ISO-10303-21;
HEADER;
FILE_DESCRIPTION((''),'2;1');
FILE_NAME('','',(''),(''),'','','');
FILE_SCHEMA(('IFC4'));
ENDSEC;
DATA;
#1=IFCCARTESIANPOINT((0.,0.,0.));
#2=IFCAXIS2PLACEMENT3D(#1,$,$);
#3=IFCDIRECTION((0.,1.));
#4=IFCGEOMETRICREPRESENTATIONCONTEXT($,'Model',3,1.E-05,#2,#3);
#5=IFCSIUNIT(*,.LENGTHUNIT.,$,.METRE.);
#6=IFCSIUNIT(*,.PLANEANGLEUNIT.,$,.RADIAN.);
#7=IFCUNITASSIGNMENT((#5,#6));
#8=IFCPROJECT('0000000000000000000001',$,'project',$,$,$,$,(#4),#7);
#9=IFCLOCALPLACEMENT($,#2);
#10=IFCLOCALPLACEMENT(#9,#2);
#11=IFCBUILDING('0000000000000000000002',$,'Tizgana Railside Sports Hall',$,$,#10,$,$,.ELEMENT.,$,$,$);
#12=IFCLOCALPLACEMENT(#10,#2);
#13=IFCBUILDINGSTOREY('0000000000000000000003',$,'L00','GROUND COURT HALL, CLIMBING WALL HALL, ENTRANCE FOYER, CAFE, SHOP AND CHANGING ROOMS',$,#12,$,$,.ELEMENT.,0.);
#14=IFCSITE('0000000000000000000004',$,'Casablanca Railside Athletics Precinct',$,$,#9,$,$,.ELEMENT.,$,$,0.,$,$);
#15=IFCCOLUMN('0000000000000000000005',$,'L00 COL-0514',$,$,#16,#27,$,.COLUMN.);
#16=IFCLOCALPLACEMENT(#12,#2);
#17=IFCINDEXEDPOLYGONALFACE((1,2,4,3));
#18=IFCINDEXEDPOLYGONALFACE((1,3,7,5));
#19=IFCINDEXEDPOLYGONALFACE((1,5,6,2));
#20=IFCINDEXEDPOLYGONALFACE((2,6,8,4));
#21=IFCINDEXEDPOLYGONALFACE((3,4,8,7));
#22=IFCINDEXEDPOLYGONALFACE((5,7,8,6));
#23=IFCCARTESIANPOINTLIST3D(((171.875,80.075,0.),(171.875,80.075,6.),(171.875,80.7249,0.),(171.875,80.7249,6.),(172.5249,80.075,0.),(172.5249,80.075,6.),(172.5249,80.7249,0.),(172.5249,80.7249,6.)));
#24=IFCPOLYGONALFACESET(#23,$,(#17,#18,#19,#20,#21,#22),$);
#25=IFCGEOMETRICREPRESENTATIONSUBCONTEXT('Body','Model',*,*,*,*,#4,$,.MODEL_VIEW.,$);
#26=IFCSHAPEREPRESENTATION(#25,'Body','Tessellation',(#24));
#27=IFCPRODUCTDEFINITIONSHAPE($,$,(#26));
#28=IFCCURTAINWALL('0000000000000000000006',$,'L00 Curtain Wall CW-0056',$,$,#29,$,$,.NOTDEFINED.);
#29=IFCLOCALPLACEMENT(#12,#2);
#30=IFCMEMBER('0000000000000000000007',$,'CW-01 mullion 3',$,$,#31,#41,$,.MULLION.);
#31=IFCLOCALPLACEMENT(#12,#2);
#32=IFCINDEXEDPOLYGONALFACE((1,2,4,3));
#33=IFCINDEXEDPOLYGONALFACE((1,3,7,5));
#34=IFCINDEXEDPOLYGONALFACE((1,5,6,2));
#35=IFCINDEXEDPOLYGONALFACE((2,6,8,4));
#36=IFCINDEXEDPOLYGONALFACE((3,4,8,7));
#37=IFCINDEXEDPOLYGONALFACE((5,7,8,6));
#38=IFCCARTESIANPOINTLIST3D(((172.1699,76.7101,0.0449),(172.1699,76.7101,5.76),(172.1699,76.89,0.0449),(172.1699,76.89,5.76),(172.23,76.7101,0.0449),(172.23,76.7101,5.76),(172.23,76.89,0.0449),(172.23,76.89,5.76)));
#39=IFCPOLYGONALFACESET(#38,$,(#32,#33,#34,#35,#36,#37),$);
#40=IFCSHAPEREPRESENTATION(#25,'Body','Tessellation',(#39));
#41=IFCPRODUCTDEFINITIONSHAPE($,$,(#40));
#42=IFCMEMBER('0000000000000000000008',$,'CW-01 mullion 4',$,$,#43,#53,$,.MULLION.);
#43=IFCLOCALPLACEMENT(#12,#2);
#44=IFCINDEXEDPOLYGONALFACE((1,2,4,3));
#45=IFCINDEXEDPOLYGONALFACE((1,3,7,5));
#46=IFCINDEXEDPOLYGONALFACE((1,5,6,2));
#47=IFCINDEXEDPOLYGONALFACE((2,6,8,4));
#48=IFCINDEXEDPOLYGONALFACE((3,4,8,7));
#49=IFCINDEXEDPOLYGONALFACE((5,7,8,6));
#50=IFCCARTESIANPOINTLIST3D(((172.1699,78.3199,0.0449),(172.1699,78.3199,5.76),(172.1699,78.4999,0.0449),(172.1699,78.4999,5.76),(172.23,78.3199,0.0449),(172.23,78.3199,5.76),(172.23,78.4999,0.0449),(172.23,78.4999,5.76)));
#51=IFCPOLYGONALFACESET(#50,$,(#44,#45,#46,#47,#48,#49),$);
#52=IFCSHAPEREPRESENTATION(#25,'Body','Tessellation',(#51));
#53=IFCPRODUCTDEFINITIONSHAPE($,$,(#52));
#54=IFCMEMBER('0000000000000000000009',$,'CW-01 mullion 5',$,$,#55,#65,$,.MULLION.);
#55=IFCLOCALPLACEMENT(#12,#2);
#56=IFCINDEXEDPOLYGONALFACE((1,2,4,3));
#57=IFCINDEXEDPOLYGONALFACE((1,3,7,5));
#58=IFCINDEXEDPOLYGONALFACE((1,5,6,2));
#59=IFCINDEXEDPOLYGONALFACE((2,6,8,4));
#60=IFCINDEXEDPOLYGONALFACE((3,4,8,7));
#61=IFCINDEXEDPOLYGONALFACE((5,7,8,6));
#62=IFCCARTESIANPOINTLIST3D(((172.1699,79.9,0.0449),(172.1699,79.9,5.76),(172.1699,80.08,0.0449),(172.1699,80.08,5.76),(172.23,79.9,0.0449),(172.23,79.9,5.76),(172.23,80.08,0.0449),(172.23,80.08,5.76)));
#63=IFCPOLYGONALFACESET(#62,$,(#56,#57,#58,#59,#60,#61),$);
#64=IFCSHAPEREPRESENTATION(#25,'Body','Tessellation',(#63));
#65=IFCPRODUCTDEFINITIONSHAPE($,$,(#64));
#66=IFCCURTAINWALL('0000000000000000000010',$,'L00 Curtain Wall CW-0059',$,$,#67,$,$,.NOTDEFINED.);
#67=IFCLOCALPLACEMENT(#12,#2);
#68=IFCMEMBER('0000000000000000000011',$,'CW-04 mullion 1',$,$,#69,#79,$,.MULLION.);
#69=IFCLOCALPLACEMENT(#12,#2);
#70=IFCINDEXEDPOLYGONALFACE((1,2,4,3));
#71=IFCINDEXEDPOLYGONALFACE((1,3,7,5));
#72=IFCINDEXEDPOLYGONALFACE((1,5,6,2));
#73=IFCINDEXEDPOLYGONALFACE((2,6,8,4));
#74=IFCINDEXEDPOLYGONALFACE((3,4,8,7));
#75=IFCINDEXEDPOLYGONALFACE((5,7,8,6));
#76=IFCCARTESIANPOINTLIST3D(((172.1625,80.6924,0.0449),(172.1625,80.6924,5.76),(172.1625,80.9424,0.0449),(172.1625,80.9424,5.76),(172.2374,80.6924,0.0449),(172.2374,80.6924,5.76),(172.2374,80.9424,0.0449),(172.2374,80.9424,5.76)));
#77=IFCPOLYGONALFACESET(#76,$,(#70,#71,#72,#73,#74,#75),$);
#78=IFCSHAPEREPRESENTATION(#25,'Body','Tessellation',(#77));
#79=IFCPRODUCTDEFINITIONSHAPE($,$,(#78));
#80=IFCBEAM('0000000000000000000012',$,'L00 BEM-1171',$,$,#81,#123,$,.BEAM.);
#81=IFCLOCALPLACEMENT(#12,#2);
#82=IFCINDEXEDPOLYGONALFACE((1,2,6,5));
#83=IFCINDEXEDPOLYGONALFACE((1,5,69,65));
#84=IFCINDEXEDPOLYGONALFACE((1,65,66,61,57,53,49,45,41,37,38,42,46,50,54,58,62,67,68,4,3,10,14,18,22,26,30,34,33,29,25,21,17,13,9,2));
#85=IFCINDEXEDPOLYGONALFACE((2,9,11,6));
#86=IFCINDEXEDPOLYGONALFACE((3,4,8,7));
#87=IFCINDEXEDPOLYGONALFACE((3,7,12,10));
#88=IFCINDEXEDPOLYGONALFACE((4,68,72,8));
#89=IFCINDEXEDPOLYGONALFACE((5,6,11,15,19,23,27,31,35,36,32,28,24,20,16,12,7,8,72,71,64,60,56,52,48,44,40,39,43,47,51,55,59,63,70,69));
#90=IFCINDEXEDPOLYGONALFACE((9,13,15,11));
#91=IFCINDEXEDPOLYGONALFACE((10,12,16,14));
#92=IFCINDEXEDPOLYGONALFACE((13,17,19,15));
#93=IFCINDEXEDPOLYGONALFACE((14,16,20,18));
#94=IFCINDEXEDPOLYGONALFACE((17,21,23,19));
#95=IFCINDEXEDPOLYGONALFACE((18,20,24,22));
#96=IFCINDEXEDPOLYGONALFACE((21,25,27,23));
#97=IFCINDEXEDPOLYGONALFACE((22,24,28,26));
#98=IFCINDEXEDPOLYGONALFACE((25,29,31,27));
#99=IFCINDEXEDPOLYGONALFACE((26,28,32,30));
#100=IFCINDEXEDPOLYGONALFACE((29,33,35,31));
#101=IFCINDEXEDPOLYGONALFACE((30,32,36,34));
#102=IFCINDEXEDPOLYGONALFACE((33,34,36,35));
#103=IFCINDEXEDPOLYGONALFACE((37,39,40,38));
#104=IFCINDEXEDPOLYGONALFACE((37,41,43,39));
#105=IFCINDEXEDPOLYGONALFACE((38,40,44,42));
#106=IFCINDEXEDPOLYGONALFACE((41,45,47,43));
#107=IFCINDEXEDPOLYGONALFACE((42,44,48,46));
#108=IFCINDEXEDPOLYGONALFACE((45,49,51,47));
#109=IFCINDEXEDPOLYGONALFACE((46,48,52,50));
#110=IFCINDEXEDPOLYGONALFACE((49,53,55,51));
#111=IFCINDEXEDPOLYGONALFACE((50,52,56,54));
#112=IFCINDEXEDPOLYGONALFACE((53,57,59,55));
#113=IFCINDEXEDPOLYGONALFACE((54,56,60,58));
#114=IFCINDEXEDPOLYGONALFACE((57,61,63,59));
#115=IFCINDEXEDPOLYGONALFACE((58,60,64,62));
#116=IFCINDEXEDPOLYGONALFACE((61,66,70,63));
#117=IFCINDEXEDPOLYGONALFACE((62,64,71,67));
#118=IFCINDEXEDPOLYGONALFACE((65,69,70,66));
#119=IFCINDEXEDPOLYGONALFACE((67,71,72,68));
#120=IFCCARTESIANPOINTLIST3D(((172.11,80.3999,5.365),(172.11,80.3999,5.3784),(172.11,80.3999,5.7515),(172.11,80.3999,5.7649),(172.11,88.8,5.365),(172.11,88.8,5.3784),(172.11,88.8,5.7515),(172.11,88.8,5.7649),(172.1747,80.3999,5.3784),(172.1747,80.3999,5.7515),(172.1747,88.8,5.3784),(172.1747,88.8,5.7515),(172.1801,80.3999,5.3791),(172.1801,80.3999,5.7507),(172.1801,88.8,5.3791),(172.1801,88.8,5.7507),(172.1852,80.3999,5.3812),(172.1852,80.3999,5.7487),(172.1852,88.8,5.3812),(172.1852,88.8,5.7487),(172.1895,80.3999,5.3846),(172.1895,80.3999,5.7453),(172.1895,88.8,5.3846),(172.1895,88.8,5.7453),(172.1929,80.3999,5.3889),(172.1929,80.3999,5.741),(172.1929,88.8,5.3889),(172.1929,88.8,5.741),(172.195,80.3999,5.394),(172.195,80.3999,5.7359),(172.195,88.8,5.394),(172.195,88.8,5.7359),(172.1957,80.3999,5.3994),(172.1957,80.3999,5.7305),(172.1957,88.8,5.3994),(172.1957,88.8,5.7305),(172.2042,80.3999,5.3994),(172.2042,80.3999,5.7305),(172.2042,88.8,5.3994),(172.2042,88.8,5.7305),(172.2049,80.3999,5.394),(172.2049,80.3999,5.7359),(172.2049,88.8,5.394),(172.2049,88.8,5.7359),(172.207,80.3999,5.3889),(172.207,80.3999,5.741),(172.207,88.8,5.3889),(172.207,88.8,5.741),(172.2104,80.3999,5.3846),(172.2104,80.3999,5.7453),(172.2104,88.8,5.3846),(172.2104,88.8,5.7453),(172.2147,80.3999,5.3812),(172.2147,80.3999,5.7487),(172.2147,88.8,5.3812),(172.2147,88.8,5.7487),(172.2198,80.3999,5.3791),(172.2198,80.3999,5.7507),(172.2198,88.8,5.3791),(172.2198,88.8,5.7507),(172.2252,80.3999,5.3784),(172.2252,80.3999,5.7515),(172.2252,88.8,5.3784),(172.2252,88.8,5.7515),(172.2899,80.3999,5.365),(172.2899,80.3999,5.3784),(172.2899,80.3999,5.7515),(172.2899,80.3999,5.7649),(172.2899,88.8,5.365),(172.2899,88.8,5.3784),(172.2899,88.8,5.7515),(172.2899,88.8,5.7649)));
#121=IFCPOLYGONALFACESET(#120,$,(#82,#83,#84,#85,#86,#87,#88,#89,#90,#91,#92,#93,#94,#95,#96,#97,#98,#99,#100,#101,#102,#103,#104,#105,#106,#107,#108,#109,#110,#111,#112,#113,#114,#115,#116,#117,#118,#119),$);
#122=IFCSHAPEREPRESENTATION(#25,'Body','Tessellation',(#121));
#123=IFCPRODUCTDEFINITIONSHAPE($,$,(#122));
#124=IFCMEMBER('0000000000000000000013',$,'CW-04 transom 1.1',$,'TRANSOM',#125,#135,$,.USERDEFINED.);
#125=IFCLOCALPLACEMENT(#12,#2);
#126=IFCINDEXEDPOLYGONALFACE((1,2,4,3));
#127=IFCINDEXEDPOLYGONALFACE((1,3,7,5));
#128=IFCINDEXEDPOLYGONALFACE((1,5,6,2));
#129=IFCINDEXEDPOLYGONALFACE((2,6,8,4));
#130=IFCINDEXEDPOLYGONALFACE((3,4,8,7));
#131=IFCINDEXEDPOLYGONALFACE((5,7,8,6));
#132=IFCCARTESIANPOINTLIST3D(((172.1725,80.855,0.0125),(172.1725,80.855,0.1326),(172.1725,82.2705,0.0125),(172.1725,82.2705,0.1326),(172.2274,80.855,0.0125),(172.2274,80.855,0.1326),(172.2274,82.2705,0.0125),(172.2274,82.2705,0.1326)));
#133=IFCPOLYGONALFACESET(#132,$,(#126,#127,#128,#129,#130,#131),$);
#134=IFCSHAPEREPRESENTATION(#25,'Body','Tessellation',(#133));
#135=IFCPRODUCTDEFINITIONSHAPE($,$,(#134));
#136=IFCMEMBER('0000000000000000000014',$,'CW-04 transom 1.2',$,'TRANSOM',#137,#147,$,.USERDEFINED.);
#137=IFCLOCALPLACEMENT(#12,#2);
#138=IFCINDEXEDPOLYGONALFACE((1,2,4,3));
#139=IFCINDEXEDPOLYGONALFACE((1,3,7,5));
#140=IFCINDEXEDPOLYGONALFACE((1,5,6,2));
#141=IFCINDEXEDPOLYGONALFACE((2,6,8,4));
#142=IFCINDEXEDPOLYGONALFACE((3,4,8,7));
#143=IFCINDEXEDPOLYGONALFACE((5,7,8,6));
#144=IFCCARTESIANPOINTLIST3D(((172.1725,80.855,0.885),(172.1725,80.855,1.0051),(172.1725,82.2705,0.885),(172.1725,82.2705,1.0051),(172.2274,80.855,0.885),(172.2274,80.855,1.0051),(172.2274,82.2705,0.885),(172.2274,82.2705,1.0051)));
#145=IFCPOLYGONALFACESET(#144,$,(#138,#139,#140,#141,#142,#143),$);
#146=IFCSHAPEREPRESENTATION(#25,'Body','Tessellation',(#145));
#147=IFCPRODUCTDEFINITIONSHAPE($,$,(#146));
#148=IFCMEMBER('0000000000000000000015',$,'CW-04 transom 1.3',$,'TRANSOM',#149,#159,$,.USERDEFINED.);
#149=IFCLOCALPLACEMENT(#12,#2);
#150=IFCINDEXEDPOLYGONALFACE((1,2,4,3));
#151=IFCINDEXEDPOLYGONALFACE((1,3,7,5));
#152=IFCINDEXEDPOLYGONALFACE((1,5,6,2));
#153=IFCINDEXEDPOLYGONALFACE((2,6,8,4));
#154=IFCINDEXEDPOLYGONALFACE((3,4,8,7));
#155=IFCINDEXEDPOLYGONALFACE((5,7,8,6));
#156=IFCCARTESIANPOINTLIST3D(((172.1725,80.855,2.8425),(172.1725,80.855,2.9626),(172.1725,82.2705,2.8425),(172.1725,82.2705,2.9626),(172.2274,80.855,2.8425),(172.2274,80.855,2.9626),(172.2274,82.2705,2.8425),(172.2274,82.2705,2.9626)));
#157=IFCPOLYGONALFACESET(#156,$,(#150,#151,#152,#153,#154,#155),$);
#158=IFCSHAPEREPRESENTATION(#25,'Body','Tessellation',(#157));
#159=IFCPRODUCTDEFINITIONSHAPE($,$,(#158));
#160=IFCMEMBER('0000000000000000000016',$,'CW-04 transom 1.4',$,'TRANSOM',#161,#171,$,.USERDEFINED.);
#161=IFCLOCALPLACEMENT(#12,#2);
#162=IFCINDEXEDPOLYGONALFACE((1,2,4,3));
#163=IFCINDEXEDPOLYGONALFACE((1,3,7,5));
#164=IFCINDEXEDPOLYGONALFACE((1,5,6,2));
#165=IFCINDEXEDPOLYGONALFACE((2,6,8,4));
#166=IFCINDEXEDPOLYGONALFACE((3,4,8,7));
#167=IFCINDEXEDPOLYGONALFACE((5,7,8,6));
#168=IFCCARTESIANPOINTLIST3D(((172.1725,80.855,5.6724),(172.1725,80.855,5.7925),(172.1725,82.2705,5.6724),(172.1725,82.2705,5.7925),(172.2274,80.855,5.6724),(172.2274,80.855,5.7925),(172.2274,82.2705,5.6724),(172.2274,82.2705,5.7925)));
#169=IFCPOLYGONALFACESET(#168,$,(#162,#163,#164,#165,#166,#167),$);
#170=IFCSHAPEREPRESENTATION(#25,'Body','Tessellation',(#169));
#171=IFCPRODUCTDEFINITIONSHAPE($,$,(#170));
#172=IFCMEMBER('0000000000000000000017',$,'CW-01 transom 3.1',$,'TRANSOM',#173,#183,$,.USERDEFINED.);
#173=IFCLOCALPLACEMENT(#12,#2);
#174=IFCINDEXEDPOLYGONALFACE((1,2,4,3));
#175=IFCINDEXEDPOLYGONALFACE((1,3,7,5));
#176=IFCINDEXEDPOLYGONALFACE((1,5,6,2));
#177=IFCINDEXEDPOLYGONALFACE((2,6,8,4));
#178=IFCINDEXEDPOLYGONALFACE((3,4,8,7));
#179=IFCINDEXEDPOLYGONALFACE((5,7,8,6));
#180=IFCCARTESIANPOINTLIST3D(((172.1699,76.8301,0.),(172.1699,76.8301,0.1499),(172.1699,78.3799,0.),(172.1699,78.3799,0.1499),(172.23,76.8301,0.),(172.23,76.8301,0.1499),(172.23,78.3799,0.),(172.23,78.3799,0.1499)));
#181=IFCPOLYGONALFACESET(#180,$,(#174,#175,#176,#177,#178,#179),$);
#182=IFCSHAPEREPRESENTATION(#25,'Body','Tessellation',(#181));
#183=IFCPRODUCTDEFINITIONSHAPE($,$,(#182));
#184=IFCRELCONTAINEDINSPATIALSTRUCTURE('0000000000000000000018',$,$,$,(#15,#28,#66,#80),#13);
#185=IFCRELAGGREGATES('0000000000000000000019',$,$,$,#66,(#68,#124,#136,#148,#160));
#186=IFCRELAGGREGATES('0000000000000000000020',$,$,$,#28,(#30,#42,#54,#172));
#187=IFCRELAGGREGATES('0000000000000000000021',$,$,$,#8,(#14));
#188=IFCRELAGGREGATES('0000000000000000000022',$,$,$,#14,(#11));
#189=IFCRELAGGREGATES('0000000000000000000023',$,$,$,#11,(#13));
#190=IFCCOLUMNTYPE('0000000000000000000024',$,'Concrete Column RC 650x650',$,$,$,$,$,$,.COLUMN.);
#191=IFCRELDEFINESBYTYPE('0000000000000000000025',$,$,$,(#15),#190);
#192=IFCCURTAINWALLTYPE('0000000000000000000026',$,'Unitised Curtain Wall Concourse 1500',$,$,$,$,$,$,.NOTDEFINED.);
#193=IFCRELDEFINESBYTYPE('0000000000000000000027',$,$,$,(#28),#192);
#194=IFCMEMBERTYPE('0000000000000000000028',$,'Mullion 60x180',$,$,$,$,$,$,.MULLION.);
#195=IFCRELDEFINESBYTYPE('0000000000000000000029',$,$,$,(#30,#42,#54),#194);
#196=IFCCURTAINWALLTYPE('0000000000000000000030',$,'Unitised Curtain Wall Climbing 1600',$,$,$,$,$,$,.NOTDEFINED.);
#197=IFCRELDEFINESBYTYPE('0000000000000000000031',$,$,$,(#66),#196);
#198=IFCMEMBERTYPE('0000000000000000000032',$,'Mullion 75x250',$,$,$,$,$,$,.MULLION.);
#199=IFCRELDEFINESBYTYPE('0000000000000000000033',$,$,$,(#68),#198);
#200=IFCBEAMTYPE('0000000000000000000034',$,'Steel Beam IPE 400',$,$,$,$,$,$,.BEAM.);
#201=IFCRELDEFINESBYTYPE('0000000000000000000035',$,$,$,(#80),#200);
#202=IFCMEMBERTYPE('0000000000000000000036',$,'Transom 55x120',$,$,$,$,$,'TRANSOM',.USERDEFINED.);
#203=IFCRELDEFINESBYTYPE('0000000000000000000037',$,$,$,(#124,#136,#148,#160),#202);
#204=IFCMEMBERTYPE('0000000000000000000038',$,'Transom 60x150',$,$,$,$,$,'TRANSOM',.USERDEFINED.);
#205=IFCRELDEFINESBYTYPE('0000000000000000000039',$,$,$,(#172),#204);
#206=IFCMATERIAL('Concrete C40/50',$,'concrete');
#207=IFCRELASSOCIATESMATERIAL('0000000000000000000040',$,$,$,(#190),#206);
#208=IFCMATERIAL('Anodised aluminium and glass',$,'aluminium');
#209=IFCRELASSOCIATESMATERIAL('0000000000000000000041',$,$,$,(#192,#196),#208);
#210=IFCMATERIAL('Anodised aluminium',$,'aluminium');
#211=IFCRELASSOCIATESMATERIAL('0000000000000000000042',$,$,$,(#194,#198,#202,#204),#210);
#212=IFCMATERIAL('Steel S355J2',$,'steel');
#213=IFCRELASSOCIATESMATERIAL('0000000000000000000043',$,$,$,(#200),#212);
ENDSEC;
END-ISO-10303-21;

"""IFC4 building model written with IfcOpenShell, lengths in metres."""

from ifc_helpers import new_model, si_unit, direction, frame, origin, origin_2d, place, context, subcontext, project, spatial, rectangle, i_section, extrude, material, material_profile, profile_set, type_object, element, aggregate, save


model = new_model("IFC4")

# Units and contexts
model_context = context("Model", 3, precision=1e-05, world=origin(), true_north=direction((0.0, 1.0)))
body_context = subcontext(model_context, "Body", "Model", "MODEL_VIEW")
ifc_project = project(units=[si_unit("LENGTHUNIT", "METRE"), si_unit("PLANEANGLEUNIT", "RADIAN")], contexts=[model_context])

# Site, building, storey
site_placement = place(None, origin())
site = spatial("IfcSite", under=ifc_project, at=site_placement, Name="Casablanca Railside Athletics Precinct", CompositionType="ELEMENT", RefElevation=0.0)
building_placement = place(site_placement, origin())
building = spatial("IfcBuilding", under=site, at=building_placement, Name="Tizgana Railside Sports Hall", CompositionType="ELEMENT")
storey_placement = place(building_placement, origin())
storey = spatial("IfcBuildingStorey", under=building, at=storey_placement, Name="L00", Description="GROUND COURT HALL, CLIMBING WALL HALL, ENTRANCE FOYER, CAFE, SHOP AND CHANGING ROOMS", CompositionType="ELEMENT", Elevation=0.0)

# Column
ifc_material_1 = material(Name="Concrete C40/50", Category="concrete")
ifc_material_profile_1 = material_profile(ifc_material_1, rectangle(XDim=0.6499, YDim=0.6499, at=origin_2d()), Name="RC 650x650")
ifc_profile_set_1 = profile_set([ifc_material_profile_1], Name="Concrete C40/50")
column_type = type_object("IfcColumnType", Name="Concrete Column RC 650x650", PredefinedType="COLUMN", material=ifc_profile_set_1)
column_placement = place(storey_placement, frame((172.2, 80.3999, 0.0), z_axis=(0.0, 0.0, 1.0), x_axis=(1.0, 0.0, 0.0)))
element("IfcColumn", 1, at=column_placement, inside=storey, type_object=column_type, Name="L00 COL-0514", PredefinedType="COLUMN", context=body_context, shape_type="SweptSolid", body=[
    extrude(rectangle(XDim=0.6499, YDim=0.6499, at=origin_2d()), origin(), (0.0, 0.0, 1.0), 6.0),
])

# Curtain wall, members
ifc_material_2 = material(Name="Anodised aluminium and glass", Category="aluminium")
curtain_wall_type_1 = type_object("IfcCurtainWallType", Name="Unitised Curtain Wall Concourse 1500", PredefinedType="NOTDEFINED", material=ifc_material_2)
curtain_wall_1_placement = place(storey_placement, origin())
curtain_wall_1 = element("IfcCurtainWall", 2, at=curtain_wall_1_placement, inside=storey, type_object=curtain_wall_type_1, Name="L00 Curtain Wall CW-0056", PredefinedType="NOTDEFINED")
ifc_material_3 = material(Name="Anodised aluminium", Category="aluminium")
ifc_material_profile_2 = material_profile(ifc_material_3, rectangle(XDim=0.0601, YDim=0.1799, at=origin_2d()), Name="Mullion 60x180")
ifc_profile_set_2 = profile_set([ifc_material_profile_2], Name="Anodised aluminium")
member_type_1 = type_object("IfcMemberType", Name="Mullion 60x180", PredefinedType="MULLION", material=ifc_profile_set_2)
member_1_placement = place(storey_placement, frame((172.2, 76.8, 0.0449), z_axis=(0.0, 0.0, 1.0), x_axis=(-1.0, 0.0, 0.0)))
member_1 = element("IfcMember", 3, at=member_1_placement, type_object=member_type_1, Name="CW-01 mullion 3", PredefinedType="MULLION", context=body_context, shape_type="SweptSolid", body=[
    extrude(rectangle(XDim=0.0601, YDim=0.1799, at=origin_2d()), origin(), (0.0, 0.0, 1.0), 5.7151),
])
member_2_placement = place(storey_placement, frame((172.2, 78.4099, 0.0449), z_axis=(0.0, 0.0, 1.0), x_axis=(-1.0, 0.0, 0.0)))
member_2 = element("IfcMember", 4, at=member_2_placement, type_object=member_type_1, Name="CW-01 mullion 4", PredefinedType="MULLION", context=body_context, shape_type="SweptSolid", body=[
    extrude(rectangle(XDim=0.0601, YDim=0.1799, at=origin_2d()), origin(), (0.0, 0.0, 1.0), 5.7151),
])
member_3_placement = place(storey_placement, frame((172.2, 79.99, 0.0449), z_axis=(0.0, 0.0, 1.0), x_axis=(-1.0, 0.0, 0.0)))
member_3 = element("IfcMember", 5, at=member_3_placement, type_object=member_type_1, Name="CW-01 mullion 5", PredefinedType="MULLION", context=body_context, shape_type="SweptSolid", body=[
    extrude(rectangle(XDim=0.0601, YDim=0.1799, at=origin_2d()), origin(), (0.0, 0.0, 1.0), 5.7151),
])

# Curtain wall, member
curtain_wall_type_2 = type_object("IfcCurtainWallType", Name="Unitised Curtain Wall Climbing 1600", PredefinedType="NOTDEFINED", material=ifc_material_2)
curtain_wall_2_placement = place(storey_placement, origin())
curtain_wall_2 = element("IfcCurtainWall", 6, at=curtain_wall_2_placement, inside=storey, type_object=curtain_wall_type_2, Name="L00 Curtain Wall CW-0059", PredefinedType="NOTDEFINED")
ifc_material_profile_3 = material_profile(ifc_material_3, rectangle(XDim=0.075, YDim=0.25, at=origin_2d()), Name="Mullion 75x250")
ifc_profile_set_3 = profile_set([ifc_material_profile_3], Name="Anodised aluminium")
member_type_2 = type_object("IfcMemberType", Name="Mullion 75x250", PredefinedType="MULLION", material=ifc_profile_set_3)
member_4_placement = place(storey_placement, frame((172.2, 80.8174, 0.0449), z_axis=(0.0, 0.0, 1.0), x_axis=(-1.0, 0.0, 0.0)))
member_4 = element("IfcMember", 7, at=member_4_placement, type_object=member_type_2, Name="CW-04 mullion 1", PredefinedType="MULLION", context=body_context, shape_type="SweptSolid", body=[
    extrude(rectangle(XDim=0.075, YDim=0.25, at=origin_2d()), origin(), (0.0, 0.0, 1.0), 5.7151),
])

# Beam
ifc_material_4 = material(Name="Steel S355J2", Category="steel")
ifc_material_profile_4 = material_profile(ifc_material_4, i_section(OverallWidth=0.1799, OverallDepth=0.3999, WebThickness=0.0085, FlangeThickness=0.0134, FilletRadius=0.021, at=origin_2d()), Name="IPE 400")
ifc_profile_set_4 = profile_set([ifc_material_profile_4], Name="Steel S355J2")
beam_type = type_object("IfcBeamType", Name="Steel Beam IPE 400", PredefinedType="BEAM", material=ifc_profile_set_4)
beam_placement = place(storey_placement, frame((172.2, 80.3999, 5.5649), z_axis=(0.0, 1.0, 0.0), x_axis=(-1.0, 0.0, 0.0)))
element("IfcBeam", 8, at=beam_placement, inside=storey, type_object=beam_type, Name="L00 BEM-1171", PredefinedType="BEAM", context=body_context, shape_type="SweptSolid", body=[
    extrude(i_section(OverallWidth=0.1799, OverallDepth=0.3999, WebThickness=0.0085, FlangeThickness=0.0134, FilletRadius=0.021, at=origin_2d()), origin(), (0.0, 0.0, 1.0), 8.4001),
])

# Members
ifc_material_profile_5 = material_profile(ifc_material_3, rectangle(XDim=0.0549, YDim=0.1201, at=origin_2d()), Name="Transom 55x120")
ifc_profile_set_5 = profile_set([ifc_material_profile_5], Name="Anodised aluminium")
member_type_3 = type_object("IfcMemberType", Name="Transom 55x120", ElementType="TRANSOM", PredefinedType="USERDEFINED", material=ifc_profile_set_5)
member_5_placement = place(storey_placement, frame((172.2, 80.855, 0.0725), z_axis=(0.0, 1.0, 0.0), x_axis=(-1.0, 0.0, 0.0)))
member_5 = element("IfcMember", 9, at=member_5_placement, type_object=member_type_3, Name="CW-04 transom 1.1", ObjectType="TRANSOM", PredefinedType="USERDEFINED", context=body_context, shape_type="SweptSolid", body=[
    extrude(rectangle(XDim=0.0549, YDim=0.1201, at=origin_2d()), origin(), (0.0, 0.0, 1.0), 1.4155),
])
member_6_placement = place(storey_placement, frame((172.2, 80.855, 0.9451), z_axis=(0.0, 1.0, 0.0), x_axis=(-1.0, 0.0, 0.0)))
member_6 = element("IfcMember", 10, at=member_6_placement, type_object=member_type_3, Name="CW-04 transom 1.2", ObjectType="TRANSOM", PredefinedType="USERDEFINED", context=body_context, shape_type="SweptSolid", body=[
    extrude(rectangle(XDim=0.0549, YDim=0.1201, at=origin_2d()), origin(), (0.0, 0.0, 1.0), 1.4155),
])
member_7_placement = place(storey_placement, frame((172.2, 80.855, 2.9026), z_axis=(0.0, 1.0, 0.0), x_axis=(-1.0, 0.0, 0.0)))
member_7 = element("IfcMember", 11, at=member_7_placement, type_object=member_type_3, Name="CW-04 transom 1.3", ObjectType="TRANSOM", PredefinedType="USERDEFINED", context=body_context, shape_type="SweptSolid", body=[
    extrude(rectangle(XDim=0.0549, YDim=0.1201, at=origin_2d()), origin(), (0.0, 0.0, 1.0), 1.4155),
])
member_8_placement = place(storey_placement, frame((172.2, 80.855, 5.7324), z_axis=(0.0, 1.0, 0.0), x_axis=(-1.0, 0.0, 0.0)))
member_8 = element("IfcMember", 12, at=member_8_placement, type_object=member_type_3, Name="CW-04 transom 1.4", ObjectType="TRANSOM", PredefinedType="USERDEFINED", context=body_context, shape_type="SweptSolid", body=[
    extrude(rectangle(XDim=0.0549, YDim=0.1201, at=origin_2d()), origin(), (0.0, 0.0, 1.0), 1.4155),
])
aggregate(curtain_wall_2, [member_4, member_5, member_6, member_7, member_8])
ifc_material_profile_6 = material_profile(ifc_material_3, rectangle(XDim=0.0601, YDim=0.1499, at=origin_2d()), Name="Transom 60x150")
ifc_profile_set_6 = profile_set([ifc_material_profile_6], Name="Anodised aluminium")
member_type_4 = type_object("IfcMemberType", Name="Transom 60x150", ElementType="TRANSOM", PredefinedType="USERDEFINED", material=ifc_profile_set_6)
member_9_placement = place(storey_placement, frame((172.2, 76.8301, 0.075), z_axis=(0.0, 1.0, 0.0), x_axis=(-1.0, 0.0, 0.0)))
member_9 = element("IfcMember", 13, at=member_9_placement, type_object=member_type_4, Name="CW-01 transom 3.1", ObjectType="TRANSOM", PredefinedType="USERDEFINED", context=body_context, shape_type="SweptSolid", body=[
    extrude(rectangle(XDim=0.0601, YDim=0.1499, at=origin_2d()), origin(), (0.0, 0.0, 1.0), 1.5498),
])

aggregate(curtain_wall_1, [member_1, member_2, member_3, member_9])

save(model, "model.ifc")
